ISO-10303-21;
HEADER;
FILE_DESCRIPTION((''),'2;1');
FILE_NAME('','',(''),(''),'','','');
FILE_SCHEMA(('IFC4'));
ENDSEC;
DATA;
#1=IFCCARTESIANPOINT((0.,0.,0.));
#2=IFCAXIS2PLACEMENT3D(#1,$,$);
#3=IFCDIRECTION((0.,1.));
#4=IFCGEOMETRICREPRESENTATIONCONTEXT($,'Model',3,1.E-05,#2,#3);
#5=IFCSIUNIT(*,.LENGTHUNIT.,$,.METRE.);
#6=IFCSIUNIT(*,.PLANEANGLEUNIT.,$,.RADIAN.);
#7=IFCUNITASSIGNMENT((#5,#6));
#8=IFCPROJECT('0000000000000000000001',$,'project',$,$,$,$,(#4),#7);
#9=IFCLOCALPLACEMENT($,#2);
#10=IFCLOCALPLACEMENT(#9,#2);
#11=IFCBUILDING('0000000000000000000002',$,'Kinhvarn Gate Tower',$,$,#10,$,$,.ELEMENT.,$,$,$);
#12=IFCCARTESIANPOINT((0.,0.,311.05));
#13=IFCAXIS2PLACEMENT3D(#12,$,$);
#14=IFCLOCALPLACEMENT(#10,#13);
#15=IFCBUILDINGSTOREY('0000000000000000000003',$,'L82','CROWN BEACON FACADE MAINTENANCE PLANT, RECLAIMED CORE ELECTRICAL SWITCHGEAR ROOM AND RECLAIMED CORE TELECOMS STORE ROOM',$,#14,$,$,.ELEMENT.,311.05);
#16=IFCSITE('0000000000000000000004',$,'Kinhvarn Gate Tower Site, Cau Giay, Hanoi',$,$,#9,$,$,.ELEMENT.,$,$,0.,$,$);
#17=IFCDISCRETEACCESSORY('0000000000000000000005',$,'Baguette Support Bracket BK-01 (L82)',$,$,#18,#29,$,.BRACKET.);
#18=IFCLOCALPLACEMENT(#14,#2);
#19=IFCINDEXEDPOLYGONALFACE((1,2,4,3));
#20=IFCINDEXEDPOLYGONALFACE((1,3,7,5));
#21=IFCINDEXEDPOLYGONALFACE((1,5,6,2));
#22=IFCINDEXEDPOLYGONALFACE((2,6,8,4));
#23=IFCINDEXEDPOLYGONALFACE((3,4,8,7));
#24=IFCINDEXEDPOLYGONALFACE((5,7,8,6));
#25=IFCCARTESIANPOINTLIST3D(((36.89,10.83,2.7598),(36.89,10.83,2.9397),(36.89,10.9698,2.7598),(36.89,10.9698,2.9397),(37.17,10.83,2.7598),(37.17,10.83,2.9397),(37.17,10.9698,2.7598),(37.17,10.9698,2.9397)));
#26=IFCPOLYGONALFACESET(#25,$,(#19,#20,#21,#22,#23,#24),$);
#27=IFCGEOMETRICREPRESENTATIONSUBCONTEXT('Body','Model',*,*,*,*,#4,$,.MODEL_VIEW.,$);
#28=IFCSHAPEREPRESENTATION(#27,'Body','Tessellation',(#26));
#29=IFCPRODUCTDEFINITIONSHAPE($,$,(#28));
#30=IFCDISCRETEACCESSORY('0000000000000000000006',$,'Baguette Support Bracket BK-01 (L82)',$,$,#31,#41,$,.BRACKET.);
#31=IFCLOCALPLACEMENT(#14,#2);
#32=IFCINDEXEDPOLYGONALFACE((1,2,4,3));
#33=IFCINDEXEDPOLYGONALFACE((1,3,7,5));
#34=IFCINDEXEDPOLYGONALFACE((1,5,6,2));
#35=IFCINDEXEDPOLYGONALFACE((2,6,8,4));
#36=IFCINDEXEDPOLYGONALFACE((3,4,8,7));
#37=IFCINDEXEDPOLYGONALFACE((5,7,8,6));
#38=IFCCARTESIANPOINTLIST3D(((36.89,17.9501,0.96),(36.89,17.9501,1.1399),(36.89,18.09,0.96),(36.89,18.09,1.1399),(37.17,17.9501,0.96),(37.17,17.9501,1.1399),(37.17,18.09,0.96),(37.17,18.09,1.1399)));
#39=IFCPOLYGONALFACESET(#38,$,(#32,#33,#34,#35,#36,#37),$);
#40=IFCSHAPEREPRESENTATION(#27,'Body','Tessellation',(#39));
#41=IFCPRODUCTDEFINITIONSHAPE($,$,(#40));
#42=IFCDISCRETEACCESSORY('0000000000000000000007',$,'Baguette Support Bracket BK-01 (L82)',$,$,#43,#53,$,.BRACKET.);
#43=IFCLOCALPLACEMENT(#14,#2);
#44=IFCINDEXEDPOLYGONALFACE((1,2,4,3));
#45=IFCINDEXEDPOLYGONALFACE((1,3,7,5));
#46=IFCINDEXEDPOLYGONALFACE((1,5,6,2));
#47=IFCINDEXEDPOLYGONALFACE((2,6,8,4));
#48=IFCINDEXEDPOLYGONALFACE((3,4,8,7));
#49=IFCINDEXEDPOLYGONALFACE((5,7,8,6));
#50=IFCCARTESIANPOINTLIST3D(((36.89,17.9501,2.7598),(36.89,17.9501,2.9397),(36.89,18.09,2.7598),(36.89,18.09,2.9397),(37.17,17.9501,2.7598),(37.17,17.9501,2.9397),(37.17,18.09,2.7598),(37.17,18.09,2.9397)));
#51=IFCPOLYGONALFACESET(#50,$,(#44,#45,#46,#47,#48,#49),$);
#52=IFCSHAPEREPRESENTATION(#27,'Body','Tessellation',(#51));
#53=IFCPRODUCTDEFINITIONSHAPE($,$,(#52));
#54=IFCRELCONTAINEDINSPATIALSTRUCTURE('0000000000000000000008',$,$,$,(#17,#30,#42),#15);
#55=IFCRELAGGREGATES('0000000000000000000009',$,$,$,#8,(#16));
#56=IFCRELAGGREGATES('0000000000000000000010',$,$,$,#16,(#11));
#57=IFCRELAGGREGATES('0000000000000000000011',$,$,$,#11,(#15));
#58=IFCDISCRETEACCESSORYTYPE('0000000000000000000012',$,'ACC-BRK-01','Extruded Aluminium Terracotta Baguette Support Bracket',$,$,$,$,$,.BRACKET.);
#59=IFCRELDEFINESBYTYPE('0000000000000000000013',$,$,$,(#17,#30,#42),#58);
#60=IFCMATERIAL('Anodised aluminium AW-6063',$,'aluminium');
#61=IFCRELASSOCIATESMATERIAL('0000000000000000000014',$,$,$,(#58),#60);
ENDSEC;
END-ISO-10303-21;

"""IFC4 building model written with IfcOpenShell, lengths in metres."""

from ifc_helpers import new_model, si_unit, direction, frame, origin, origin_2d, place, context, subcontext, project, spatial, rectangle, extrude, material, type_object, element, save


model = new_model("IFC4")

# Units and contexts
model_context = context("Model", 3, precision=1e-05, world=origin(), true_north=direction((0.0, 1.0)))
body_context = subcontext(model_context, "Body", "Model", "MODEL_VIEW")
ifc_project = project(units=[si_unit("LENGTHUNIT", "METRE"), si_unit("PLANEANGLEUNIT", "RADIAN")], contexts=[model_context])

# Site, building, storey
site_placement = place(None, origin())
site = spatial("IfcSite", under=ifc_project, at=site_placement, Name="Kinhvarn Gate Tower Site, Cau Giay, Hanoi", CompositionType="ELEMENT", RefElevation=0.0)
building_placement = place(site_placement, origin())
building = spatial("IfcBuilding", under=site, at=building_placement, Name="Kinhvarn Gate Tower", CompositionType="ELEMENT")
storey_placement = place(building_placement, frame((0.0, 0.0, 311.05)))
storey = spatial("IfcBuildingStorey", under=building, at=storey_placement, Name="L82", Description="CROWN BEACON FACADE MAINTENANCE PLANT, RECLAIMED CORE ELECTRICAL SWITCHGEAR ROOM AND RECLAIMED CORE TELECOMS STORE ROOM", CompositionType="ELEMENT", Elevation=311.05)

# Shared definitions
ifc_material_1 = material(Name="Anodised aluminium AW-6063", Category="aluminium")

# Discrete accessories
discrete_accessory_type = type_object("IfcDiscreteAccessoryType", Name="ACC-BRK-01", Description="Extruded Aluminium Terracotta Baguette Support Bracket", PredefinedType="BRACKET", material=ifc_material_1)
for number, where, z_axis, x_axis, name in (
    (1, (37.03, 10.8999, 2.7598), (0.0, 0.0, 1.0), (0.0, 1.0, 0.0), "Baguette Support Bracket BK-01 (L82)"),
    (2, (37.03, 18.02, 0.96), (0.0, 0.0, 1.0), (0.0, 1.0, 0.0), "Baguette Support Bracket BK-01 (L82)"),
    (3, (37.03, 18.02, 2.7598), (0.0, 0.0, 1.0), (0.0, 1.0, 0.0), "Baguette Support Bracket BK-01 (L82)"),
):
    element("IfcDiscreteAccessory", number, at=place(storey_placement, frame(where, z_axis=z_axis, x_axis=x_axis)), inside=storey, type_object=discrete_accessory_type, Name=name, PredefinedType="BRACKET", context=body_context, shape_type="SweptSolid", body=[
        extrude(rectangle(XDim=0.1399, YDim=0.28, at=origin_2d()), origin(), (0.0, 0.0, 1.0), 0.1799),
    ])

save(model, "model.ifc")
